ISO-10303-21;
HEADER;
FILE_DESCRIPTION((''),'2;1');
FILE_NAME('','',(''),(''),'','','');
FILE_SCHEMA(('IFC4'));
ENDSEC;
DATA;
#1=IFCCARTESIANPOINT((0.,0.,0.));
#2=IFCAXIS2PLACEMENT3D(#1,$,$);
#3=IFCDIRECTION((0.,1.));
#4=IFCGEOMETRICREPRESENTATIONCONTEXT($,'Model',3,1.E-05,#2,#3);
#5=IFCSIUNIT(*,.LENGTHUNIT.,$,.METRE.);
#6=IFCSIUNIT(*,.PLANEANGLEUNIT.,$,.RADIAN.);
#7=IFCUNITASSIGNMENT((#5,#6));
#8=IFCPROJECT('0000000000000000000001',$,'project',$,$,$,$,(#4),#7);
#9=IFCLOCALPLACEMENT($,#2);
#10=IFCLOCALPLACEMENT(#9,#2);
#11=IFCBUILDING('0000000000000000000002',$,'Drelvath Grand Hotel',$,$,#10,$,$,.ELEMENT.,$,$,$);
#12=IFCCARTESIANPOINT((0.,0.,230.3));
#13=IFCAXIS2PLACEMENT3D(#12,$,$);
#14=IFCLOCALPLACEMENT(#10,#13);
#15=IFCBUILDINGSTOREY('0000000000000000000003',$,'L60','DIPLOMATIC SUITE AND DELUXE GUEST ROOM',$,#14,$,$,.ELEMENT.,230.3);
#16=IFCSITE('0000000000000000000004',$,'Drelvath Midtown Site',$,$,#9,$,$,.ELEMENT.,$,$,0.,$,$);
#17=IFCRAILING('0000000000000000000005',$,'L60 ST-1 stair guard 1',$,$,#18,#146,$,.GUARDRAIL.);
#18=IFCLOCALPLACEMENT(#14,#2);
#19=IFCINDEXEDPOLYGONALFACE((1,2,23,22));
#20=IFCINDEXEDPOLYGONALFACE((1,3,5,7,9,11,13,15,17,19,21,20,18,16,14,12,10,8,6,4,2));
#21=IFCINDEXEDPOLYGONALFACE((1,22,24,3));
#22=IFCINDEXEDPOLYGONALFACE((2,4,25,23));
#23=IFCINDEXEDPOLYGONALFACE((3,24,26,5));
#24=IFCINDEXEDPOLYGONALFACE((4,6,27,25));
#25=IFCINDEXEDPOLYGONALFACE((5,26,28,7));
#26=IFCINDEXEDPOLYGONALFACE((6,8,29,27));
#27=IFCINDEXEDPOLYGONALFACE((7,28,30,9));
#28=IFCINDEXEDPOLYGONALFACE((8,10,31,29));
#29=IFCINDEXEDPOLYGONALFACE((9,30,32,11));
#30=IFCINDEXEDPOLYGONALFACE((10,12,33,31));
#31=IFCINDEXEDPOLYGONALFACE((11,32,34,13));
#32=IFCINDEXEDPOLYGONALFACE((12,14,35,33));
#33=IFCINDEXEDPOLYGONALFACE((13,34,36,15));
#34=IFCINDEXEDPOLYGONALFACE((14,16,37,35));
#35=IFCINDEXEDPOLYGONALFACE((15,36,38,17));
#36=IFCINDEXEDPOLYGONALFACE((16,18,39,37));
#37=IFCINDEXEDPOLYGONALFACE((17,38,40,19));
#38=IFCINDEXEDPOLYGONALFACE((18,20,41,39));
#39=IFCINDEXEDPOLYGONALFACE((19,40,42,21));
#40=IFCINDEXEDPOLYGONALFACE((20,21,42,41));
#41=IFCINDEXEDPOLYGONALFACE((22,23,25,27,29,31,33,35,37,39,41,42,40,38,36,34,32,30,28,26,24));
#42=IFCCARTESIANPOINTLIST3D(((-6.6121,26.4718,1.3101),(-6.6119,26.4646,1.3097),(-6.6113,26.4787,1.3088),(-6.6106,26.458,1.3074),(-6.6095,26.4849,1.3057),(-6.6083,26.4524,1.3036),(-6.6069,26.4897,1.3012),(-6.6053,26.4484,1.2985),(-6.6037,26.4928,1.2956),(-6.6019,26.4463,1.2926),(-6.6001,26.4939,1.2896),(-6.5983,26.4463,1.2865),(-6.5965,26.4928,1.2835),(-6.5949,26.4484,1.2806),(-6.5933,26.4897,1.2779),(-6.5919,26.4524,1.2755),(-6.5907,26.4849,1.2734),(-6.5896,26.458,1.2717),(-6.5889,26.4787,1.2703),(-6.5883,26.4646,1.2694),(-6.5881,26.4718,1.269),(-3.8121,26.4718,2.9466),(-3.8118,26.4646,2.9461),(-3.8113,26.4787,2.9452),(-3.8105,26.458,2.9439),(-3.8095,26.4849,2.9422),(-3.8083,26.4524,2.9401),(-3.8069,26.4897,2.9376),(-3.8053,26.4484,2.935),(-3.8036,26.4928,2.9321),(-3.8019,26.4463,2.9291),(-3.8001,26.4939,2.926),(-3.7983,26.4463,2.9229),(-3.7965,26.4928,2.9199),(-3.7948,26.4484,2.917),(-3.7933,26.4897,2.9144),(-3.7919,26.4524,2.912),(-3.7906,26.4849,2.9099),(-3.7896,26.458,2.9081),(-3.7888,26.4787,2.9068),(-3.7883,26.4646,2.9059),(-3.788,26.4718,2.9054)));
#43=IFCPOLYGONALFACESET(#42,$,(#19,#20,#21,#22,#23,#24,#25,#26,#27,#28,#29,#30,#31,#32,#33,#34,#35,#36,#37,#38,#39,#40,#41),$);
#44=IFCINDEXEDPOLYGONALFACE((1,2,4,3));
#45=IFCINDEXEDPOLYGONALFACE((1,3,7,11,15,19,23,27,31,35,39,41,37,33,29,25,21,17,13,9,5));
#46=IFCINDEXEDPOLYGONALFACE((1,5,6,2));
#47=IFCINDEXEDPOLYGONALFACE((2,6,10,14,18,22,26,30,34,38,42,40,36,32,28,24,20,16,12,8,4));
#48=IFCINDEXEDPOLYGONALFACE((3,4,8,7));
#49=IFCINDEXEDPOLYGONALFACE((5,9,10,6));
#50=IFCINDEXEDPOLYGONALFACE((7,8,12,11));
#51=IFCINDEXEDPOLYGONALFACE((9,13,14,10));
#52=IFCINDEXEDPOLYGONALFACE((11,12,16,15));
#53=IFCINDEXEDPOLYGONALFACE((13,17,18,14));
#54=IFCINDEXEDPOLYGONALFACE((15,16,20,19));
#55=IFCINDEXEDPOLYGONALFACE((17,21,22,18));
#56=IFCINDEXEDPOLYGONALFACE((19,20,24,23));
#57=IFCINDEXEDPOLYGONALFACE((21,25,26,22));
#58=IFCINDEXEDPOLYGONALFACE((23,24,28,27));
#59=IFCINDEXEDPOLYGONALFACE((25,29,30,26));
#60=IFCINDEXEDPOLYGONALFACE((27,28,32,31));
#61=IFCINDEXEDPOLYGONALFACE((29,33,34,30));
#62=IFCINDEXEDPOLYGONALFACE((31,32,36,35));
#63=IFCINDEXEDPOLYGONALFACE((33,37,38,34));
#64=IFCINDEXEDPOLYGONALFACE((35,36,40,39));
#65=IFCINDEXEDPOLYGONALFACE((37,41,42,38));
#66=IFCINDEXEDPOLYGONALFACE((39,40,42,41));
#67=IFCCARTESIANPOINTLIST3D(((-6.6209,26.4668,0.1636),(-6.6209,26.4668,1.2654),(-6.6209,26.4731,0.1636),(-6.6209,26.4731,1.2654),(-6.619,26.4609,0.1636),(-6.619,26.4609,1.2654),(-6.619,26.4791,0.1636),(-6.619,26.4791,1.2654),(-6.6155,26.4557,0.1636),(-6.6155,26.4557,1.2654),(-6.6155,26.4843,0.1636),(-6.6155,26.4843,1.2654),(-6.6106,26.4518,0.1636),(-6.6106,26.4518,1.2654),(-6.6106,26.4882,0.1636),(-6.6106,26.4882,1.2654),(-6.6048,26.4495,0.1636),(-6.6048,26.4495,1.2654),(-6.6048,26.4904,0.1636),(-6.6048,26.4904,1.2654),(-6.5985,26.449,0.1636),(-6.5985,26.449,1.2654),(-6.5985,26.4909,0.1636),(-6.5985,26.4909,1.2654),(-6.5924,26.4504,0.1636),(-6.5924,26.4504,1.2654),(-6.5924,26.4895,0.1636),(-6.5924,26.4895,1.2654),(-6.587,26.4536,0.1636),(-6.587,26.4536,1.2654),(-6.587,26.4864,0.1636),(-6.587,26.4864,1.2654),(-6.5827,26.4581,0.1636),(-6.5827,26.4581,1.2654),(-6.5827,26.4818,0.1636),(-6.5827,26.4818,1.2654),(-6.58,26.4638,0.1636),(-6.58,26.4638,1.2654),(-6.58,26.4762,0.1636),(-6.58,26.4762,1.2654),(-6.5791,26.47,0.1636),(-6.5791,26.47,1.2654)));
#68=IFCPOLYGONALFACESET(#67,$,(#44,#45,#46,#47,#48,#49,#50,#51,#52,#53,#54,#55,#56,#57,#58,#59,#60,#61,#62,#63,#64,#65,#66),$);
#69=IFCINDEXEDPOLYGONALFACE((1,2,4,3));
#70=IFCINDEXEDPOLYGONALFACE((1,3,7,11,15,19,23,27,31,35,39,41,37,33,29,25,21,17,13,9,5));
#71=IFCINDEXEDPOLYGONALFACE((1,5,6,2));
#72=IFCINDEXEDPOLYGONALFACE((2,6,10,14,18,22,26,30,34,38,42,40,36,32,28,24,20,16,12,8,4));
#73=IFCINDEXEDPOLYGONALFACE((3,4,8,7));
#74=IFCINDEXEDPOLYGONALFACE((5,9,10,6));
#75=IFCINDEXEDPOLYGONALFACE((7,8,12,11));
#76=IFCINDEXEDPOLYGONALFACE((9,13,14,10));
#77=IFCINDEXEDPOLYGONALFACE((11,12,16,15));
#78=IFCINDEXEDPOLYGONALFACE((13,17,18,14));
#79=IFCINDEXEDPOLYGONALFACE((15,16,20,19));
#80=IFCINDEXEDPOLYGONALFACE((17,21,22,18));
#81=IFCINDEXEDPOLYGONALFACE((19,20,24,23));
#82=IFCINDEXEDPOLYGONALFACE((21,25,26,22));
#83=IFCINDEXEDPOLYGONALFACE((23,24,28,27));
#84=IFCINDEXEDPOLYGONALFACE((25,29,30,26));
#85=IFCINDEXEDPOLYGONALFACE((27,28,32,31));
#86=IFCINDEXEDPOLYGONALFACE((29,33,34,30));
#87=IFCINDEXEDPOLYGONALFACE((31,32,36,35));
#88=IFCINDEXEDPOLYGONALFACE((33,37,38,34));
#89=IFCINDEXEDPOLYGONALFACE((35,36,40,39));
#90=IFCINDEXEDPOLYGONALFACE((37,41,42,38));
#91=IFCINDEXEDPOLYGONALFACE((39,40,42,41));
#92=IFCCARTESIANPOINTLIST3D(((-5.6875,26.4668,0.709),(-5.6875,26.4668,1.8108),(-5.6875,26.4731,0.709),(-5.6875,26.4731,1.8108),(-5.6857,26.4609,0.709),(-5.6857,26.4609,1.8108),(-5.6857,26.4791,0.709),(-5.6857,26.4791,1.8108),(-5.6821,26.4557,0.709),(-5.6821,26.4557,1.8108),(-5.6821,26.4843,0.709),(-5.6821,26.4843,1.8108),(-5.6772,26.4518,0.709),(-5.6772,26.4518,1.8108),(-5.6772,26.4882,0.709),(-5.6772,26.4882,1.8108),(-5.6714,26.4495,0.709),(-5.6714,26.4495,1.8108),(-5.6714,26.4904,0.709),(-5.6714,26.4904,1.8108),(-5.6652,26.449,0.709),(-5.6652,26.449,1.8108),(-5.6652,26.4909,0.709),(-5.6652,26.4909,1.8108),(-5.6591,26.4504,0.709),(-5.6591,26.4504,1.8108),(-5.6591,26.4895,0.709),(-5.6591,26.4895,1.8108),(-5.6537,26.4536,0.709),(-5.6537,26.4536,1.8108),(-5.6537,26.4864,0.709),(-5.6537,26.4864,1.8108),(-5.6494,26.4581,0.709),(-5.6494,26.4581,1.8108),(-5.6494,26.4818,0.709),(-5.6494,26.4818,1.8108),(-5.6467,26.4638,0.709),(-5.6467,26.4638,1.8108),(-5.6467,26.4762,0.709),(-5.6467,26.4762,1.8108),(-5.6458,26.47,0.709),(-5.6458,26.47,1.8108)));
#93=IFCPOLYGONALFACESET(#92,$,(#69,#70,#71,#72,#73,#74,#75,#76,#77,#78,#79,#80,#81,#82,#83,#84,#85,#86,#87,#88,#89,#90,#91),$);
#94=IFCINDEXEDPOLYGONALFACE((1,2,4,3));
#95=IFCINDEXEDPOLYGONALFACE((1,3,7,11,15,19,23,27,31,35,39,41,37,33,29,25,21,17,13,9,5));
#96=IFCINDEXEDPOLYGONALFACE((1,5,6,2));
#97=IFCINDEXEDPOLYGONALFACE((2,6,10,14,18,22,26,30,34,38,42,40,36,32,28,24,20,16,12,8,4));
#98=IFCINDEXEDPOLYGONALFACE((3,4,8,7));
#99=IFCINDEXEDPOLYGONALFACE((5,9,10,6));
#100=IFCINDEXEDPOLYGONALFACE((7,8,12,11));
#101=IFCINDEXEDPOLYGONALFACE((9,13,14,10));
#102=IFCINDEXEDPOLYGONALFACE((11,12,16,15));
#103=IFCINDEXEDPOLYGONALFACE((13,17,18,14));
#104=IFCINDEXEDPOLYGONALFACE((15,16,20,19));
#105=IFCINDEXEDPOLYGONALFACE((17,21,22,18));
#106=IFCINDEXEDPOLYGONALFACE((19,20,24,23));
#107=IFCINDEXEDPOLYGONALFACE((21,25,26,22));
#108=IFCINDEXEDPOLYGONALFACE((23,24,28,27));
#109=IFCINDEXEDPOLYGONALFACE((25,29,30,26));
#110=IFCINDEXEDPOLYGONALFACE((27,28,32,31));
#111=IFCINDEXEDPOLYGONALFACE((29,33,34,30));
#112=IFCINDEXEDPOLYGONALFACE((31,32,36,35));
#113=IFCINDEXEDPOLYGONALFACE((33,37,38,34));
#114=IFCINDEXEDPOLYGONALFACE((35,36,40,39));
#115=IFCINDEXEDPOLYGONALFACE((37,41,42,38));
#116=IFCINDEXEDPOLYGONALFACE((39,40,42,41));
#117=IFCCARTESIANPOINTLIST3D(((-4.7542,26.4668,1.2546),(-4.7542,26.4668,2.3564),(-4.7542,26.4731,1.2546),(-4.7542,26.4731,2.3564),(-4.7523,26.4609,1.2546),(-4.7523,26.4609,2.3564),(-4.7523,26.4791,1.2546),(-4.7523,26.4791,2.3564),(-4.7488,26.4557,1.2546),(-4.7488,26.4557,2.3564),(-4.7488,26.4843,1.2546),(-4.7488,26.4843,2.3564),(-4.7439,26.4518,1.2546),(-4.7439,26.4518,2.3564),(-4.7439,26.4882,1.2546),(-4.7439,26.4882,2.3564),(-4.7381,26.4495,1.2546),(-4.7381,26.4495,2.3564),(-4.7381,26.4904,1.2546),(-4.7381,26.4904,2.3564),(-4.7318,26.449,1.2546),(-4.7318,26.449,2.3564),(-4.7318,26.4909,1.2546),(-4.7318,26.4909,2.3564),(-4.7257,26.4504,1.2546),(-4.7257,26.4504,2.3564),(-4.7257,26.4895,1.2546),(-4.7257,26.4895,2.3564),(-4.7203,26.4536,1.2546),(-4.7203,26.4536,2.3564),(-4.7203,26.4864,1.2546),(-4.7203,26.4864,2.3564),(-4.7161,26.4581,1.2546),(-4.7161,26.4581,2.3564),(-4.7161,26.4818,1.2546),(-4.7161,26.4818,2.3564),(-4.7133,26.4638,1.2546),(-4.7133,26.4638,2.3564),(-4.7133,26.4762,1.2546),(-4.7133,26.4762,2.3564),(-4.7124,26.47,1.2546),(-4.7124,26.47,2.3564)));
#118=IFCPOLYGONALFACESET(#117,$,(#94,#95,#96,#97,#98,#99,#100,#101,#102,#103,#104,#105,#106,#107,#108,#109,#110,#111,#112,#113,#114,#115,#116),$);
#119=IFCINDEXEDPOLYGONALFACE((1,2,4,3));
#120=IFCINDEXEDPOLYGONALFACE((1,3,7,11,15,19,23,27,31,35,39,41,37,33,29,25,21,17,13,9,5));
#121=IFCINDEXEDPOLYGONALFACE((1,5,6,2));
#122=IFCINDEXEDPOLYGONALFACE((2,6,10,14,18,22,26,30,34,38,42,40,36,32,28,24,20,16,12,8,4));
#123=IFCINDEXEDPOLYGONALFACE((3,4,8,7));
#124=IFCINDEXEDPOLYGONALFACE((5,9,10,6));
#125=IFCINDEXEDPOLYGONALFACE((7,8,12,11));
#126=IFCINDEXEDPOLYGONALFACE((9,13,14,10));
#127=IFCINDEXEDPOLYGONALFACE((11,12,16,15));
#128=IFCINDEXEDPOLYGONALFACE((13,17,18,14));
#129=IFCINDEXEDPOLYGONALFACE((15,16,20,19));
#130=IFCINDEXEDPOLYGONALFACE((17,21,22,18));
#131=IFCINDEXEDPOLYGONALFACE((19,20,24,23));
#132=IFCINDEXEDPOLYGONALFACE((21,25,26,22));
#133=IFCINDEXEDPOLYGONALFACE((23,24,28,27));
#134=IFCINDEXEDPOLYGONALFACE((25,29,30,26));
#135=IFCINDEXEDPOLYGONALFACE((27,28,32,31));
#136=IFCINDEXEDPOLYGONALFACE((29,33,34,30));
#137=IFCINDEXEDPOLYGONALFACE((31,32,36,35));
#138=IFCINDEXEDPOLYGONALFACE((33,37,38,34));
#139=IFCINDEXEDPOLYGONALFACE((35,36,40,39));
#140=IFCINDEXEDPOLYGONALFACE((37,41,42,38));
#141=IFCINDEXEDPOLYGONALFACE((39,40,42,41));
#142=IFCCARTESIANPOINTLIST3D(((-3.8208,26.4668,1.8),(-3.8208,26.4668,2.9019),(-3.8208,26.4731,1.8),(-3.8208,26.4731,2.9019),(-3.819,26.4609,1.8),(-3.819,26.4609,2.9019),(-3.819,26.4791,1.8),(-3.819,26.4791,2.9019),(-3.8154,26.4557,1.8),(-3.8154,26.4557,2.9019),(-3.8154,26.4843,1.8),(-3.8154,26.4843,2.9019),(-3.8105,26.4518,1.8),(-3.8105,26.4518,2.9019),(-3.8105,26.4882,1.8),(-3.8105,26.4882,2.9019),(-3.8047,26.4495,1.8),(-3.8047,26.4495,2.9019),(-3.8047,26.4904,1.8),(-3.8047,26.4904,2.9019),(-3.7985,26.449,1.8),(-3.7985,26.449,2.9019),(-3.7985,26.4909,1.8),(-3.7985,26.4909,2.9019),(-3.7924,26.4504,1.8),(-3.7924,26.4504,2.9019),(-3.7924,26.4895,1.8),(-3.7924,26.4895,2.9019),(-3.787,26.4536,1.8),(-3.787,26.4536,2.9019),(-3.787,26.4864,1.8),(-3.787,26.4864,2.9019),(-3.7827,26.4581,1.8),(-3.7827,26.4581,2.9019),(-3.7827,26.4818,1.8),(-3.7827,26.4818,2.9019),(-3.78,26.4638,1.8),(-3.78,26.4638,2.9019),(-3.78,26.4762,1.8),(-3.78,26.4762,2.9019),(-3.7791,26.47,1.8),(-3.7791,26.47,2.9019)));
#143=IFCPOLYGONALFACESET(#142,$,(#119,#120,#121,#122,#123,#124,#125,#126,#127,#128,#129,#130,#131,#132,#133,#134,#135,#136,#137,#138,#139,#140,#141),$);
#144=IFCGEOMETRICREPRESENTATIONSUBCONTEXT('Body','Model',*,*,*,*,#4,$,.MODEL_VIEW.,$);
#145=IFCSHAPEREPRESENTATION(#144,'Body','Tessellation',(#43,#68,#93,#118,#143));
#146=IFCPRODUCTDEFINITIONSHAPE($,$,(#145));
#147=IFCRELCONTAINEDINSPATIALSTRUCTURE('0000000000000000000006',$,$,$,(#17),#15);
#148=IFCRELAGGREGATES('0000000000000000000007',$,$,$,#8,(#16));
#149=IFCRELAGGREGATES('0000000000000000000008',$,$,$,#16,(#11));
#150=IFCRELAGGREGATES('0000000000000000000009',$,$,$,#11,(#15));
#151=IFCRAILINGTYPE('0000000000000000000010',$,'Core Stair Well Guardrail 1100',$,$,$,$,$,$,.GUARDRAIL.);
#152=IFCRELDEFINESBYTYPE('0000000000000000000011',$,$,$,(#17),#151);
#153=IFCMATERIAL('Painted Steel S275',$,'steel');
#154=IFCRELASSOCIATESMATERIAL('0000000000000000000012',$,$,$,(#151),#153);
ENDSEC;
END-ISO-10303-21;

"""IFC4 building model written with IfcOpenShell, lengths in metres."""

from ifc_helpers import new_model, si_unit, direction, frame, origin, origin_2d, place, context, subcontext, project, spatial, circle, extrude, material, type_object, element, save


model = new_model("IFC4")

# Units and contexts
model_context = context("Model", 3, precision=1e-05, world=origin(), true_north=direction((0.0, 1.0)))
body_context = subcontext(model_context, "Body", "Model", "MODEL_VIEW")
ifc_project = project(units=[si_unit("LENGTHUNIT", "METRE"), si_unit("PLANEANGLEUNIT", "RADIAN")], contexts=[model_context])

# Site, building, storey
site_placement = place(None, origin())
site = spatial("IfcSite", under=ifc_project, at=site_placement, Name="Drelvath Midtown Site", CompositionType="ELEMENT", RefElevation=0.0)
building_placement = place(site_placement, origin())
building = spatial("IfcBuilding", under=site, at=building_placement, Name="Drelvath Grand Hotel", CompositionType="ELEMENT")
storey_placement = place(building_placement, frame((0.0, 0.0, 230.3)))
storey = spatial("IfcBuildingStorey", under=building, at=storey_placement, Name="L60", Description="DIPLOMATIC SUITE AND DELUXE GUEST ROOM", CompositionType="ELEMENT", Elevation=230.3)

# Shared definitions
ifc_material_1 = material(Name="Painted Steel S275", Category="steel")

# Railing
railing_type_1 = type_object("IfcRailingType", Name="Core Stair Well Guardrail 1100", PredefinedType="GUARDRAIL", material=ifc_material_1)
railing_1_placement = place(storey_placement, frame((-6.6001, 26.47, 0.1636)))
element("IfcRailing", 1, at=railing_1_placement, inside=storey, type_object=railing_type_1, Name="L60 ST-1 stair guard 1", PredefinedType="GUARDRAIL", context=body_context, shape_type="SweptSolid", body=[
    extrude(circle(Radius=0.0239, at=origin_2d()), frame((0.0, 0.0, 1.126), z_axis=(0.863361, 0.0, 0.504587), x_axis=(0.0, 1.0, 0.0)), (0.0, 0.0, 1.0), 3.2432),
    extrude(circle(Radius=0.021, at=origin_2d()), origin(), (0.0, 0.0, 1.0), 1.1018),
    extrude(circle(Radius=0.021, at=origin_2d()), frame((0.9333, 0.0, 0.5454)), (0.0, 0.0, 1.0), 1.1018),
    extrude(circle(Radius=0.021, at=origin_2d()), frame((1.8667, 0.0, 1.0911)), (0.0, 0.0, 1.0), 1.1018),
    extrude(circle(Radius=0.021, at=origin_2d()), frame((2.8, 0.0, 1.6365)), (0.0, 0.0, 1.0), 1.1018),
])

save(model, "model.ifc")
